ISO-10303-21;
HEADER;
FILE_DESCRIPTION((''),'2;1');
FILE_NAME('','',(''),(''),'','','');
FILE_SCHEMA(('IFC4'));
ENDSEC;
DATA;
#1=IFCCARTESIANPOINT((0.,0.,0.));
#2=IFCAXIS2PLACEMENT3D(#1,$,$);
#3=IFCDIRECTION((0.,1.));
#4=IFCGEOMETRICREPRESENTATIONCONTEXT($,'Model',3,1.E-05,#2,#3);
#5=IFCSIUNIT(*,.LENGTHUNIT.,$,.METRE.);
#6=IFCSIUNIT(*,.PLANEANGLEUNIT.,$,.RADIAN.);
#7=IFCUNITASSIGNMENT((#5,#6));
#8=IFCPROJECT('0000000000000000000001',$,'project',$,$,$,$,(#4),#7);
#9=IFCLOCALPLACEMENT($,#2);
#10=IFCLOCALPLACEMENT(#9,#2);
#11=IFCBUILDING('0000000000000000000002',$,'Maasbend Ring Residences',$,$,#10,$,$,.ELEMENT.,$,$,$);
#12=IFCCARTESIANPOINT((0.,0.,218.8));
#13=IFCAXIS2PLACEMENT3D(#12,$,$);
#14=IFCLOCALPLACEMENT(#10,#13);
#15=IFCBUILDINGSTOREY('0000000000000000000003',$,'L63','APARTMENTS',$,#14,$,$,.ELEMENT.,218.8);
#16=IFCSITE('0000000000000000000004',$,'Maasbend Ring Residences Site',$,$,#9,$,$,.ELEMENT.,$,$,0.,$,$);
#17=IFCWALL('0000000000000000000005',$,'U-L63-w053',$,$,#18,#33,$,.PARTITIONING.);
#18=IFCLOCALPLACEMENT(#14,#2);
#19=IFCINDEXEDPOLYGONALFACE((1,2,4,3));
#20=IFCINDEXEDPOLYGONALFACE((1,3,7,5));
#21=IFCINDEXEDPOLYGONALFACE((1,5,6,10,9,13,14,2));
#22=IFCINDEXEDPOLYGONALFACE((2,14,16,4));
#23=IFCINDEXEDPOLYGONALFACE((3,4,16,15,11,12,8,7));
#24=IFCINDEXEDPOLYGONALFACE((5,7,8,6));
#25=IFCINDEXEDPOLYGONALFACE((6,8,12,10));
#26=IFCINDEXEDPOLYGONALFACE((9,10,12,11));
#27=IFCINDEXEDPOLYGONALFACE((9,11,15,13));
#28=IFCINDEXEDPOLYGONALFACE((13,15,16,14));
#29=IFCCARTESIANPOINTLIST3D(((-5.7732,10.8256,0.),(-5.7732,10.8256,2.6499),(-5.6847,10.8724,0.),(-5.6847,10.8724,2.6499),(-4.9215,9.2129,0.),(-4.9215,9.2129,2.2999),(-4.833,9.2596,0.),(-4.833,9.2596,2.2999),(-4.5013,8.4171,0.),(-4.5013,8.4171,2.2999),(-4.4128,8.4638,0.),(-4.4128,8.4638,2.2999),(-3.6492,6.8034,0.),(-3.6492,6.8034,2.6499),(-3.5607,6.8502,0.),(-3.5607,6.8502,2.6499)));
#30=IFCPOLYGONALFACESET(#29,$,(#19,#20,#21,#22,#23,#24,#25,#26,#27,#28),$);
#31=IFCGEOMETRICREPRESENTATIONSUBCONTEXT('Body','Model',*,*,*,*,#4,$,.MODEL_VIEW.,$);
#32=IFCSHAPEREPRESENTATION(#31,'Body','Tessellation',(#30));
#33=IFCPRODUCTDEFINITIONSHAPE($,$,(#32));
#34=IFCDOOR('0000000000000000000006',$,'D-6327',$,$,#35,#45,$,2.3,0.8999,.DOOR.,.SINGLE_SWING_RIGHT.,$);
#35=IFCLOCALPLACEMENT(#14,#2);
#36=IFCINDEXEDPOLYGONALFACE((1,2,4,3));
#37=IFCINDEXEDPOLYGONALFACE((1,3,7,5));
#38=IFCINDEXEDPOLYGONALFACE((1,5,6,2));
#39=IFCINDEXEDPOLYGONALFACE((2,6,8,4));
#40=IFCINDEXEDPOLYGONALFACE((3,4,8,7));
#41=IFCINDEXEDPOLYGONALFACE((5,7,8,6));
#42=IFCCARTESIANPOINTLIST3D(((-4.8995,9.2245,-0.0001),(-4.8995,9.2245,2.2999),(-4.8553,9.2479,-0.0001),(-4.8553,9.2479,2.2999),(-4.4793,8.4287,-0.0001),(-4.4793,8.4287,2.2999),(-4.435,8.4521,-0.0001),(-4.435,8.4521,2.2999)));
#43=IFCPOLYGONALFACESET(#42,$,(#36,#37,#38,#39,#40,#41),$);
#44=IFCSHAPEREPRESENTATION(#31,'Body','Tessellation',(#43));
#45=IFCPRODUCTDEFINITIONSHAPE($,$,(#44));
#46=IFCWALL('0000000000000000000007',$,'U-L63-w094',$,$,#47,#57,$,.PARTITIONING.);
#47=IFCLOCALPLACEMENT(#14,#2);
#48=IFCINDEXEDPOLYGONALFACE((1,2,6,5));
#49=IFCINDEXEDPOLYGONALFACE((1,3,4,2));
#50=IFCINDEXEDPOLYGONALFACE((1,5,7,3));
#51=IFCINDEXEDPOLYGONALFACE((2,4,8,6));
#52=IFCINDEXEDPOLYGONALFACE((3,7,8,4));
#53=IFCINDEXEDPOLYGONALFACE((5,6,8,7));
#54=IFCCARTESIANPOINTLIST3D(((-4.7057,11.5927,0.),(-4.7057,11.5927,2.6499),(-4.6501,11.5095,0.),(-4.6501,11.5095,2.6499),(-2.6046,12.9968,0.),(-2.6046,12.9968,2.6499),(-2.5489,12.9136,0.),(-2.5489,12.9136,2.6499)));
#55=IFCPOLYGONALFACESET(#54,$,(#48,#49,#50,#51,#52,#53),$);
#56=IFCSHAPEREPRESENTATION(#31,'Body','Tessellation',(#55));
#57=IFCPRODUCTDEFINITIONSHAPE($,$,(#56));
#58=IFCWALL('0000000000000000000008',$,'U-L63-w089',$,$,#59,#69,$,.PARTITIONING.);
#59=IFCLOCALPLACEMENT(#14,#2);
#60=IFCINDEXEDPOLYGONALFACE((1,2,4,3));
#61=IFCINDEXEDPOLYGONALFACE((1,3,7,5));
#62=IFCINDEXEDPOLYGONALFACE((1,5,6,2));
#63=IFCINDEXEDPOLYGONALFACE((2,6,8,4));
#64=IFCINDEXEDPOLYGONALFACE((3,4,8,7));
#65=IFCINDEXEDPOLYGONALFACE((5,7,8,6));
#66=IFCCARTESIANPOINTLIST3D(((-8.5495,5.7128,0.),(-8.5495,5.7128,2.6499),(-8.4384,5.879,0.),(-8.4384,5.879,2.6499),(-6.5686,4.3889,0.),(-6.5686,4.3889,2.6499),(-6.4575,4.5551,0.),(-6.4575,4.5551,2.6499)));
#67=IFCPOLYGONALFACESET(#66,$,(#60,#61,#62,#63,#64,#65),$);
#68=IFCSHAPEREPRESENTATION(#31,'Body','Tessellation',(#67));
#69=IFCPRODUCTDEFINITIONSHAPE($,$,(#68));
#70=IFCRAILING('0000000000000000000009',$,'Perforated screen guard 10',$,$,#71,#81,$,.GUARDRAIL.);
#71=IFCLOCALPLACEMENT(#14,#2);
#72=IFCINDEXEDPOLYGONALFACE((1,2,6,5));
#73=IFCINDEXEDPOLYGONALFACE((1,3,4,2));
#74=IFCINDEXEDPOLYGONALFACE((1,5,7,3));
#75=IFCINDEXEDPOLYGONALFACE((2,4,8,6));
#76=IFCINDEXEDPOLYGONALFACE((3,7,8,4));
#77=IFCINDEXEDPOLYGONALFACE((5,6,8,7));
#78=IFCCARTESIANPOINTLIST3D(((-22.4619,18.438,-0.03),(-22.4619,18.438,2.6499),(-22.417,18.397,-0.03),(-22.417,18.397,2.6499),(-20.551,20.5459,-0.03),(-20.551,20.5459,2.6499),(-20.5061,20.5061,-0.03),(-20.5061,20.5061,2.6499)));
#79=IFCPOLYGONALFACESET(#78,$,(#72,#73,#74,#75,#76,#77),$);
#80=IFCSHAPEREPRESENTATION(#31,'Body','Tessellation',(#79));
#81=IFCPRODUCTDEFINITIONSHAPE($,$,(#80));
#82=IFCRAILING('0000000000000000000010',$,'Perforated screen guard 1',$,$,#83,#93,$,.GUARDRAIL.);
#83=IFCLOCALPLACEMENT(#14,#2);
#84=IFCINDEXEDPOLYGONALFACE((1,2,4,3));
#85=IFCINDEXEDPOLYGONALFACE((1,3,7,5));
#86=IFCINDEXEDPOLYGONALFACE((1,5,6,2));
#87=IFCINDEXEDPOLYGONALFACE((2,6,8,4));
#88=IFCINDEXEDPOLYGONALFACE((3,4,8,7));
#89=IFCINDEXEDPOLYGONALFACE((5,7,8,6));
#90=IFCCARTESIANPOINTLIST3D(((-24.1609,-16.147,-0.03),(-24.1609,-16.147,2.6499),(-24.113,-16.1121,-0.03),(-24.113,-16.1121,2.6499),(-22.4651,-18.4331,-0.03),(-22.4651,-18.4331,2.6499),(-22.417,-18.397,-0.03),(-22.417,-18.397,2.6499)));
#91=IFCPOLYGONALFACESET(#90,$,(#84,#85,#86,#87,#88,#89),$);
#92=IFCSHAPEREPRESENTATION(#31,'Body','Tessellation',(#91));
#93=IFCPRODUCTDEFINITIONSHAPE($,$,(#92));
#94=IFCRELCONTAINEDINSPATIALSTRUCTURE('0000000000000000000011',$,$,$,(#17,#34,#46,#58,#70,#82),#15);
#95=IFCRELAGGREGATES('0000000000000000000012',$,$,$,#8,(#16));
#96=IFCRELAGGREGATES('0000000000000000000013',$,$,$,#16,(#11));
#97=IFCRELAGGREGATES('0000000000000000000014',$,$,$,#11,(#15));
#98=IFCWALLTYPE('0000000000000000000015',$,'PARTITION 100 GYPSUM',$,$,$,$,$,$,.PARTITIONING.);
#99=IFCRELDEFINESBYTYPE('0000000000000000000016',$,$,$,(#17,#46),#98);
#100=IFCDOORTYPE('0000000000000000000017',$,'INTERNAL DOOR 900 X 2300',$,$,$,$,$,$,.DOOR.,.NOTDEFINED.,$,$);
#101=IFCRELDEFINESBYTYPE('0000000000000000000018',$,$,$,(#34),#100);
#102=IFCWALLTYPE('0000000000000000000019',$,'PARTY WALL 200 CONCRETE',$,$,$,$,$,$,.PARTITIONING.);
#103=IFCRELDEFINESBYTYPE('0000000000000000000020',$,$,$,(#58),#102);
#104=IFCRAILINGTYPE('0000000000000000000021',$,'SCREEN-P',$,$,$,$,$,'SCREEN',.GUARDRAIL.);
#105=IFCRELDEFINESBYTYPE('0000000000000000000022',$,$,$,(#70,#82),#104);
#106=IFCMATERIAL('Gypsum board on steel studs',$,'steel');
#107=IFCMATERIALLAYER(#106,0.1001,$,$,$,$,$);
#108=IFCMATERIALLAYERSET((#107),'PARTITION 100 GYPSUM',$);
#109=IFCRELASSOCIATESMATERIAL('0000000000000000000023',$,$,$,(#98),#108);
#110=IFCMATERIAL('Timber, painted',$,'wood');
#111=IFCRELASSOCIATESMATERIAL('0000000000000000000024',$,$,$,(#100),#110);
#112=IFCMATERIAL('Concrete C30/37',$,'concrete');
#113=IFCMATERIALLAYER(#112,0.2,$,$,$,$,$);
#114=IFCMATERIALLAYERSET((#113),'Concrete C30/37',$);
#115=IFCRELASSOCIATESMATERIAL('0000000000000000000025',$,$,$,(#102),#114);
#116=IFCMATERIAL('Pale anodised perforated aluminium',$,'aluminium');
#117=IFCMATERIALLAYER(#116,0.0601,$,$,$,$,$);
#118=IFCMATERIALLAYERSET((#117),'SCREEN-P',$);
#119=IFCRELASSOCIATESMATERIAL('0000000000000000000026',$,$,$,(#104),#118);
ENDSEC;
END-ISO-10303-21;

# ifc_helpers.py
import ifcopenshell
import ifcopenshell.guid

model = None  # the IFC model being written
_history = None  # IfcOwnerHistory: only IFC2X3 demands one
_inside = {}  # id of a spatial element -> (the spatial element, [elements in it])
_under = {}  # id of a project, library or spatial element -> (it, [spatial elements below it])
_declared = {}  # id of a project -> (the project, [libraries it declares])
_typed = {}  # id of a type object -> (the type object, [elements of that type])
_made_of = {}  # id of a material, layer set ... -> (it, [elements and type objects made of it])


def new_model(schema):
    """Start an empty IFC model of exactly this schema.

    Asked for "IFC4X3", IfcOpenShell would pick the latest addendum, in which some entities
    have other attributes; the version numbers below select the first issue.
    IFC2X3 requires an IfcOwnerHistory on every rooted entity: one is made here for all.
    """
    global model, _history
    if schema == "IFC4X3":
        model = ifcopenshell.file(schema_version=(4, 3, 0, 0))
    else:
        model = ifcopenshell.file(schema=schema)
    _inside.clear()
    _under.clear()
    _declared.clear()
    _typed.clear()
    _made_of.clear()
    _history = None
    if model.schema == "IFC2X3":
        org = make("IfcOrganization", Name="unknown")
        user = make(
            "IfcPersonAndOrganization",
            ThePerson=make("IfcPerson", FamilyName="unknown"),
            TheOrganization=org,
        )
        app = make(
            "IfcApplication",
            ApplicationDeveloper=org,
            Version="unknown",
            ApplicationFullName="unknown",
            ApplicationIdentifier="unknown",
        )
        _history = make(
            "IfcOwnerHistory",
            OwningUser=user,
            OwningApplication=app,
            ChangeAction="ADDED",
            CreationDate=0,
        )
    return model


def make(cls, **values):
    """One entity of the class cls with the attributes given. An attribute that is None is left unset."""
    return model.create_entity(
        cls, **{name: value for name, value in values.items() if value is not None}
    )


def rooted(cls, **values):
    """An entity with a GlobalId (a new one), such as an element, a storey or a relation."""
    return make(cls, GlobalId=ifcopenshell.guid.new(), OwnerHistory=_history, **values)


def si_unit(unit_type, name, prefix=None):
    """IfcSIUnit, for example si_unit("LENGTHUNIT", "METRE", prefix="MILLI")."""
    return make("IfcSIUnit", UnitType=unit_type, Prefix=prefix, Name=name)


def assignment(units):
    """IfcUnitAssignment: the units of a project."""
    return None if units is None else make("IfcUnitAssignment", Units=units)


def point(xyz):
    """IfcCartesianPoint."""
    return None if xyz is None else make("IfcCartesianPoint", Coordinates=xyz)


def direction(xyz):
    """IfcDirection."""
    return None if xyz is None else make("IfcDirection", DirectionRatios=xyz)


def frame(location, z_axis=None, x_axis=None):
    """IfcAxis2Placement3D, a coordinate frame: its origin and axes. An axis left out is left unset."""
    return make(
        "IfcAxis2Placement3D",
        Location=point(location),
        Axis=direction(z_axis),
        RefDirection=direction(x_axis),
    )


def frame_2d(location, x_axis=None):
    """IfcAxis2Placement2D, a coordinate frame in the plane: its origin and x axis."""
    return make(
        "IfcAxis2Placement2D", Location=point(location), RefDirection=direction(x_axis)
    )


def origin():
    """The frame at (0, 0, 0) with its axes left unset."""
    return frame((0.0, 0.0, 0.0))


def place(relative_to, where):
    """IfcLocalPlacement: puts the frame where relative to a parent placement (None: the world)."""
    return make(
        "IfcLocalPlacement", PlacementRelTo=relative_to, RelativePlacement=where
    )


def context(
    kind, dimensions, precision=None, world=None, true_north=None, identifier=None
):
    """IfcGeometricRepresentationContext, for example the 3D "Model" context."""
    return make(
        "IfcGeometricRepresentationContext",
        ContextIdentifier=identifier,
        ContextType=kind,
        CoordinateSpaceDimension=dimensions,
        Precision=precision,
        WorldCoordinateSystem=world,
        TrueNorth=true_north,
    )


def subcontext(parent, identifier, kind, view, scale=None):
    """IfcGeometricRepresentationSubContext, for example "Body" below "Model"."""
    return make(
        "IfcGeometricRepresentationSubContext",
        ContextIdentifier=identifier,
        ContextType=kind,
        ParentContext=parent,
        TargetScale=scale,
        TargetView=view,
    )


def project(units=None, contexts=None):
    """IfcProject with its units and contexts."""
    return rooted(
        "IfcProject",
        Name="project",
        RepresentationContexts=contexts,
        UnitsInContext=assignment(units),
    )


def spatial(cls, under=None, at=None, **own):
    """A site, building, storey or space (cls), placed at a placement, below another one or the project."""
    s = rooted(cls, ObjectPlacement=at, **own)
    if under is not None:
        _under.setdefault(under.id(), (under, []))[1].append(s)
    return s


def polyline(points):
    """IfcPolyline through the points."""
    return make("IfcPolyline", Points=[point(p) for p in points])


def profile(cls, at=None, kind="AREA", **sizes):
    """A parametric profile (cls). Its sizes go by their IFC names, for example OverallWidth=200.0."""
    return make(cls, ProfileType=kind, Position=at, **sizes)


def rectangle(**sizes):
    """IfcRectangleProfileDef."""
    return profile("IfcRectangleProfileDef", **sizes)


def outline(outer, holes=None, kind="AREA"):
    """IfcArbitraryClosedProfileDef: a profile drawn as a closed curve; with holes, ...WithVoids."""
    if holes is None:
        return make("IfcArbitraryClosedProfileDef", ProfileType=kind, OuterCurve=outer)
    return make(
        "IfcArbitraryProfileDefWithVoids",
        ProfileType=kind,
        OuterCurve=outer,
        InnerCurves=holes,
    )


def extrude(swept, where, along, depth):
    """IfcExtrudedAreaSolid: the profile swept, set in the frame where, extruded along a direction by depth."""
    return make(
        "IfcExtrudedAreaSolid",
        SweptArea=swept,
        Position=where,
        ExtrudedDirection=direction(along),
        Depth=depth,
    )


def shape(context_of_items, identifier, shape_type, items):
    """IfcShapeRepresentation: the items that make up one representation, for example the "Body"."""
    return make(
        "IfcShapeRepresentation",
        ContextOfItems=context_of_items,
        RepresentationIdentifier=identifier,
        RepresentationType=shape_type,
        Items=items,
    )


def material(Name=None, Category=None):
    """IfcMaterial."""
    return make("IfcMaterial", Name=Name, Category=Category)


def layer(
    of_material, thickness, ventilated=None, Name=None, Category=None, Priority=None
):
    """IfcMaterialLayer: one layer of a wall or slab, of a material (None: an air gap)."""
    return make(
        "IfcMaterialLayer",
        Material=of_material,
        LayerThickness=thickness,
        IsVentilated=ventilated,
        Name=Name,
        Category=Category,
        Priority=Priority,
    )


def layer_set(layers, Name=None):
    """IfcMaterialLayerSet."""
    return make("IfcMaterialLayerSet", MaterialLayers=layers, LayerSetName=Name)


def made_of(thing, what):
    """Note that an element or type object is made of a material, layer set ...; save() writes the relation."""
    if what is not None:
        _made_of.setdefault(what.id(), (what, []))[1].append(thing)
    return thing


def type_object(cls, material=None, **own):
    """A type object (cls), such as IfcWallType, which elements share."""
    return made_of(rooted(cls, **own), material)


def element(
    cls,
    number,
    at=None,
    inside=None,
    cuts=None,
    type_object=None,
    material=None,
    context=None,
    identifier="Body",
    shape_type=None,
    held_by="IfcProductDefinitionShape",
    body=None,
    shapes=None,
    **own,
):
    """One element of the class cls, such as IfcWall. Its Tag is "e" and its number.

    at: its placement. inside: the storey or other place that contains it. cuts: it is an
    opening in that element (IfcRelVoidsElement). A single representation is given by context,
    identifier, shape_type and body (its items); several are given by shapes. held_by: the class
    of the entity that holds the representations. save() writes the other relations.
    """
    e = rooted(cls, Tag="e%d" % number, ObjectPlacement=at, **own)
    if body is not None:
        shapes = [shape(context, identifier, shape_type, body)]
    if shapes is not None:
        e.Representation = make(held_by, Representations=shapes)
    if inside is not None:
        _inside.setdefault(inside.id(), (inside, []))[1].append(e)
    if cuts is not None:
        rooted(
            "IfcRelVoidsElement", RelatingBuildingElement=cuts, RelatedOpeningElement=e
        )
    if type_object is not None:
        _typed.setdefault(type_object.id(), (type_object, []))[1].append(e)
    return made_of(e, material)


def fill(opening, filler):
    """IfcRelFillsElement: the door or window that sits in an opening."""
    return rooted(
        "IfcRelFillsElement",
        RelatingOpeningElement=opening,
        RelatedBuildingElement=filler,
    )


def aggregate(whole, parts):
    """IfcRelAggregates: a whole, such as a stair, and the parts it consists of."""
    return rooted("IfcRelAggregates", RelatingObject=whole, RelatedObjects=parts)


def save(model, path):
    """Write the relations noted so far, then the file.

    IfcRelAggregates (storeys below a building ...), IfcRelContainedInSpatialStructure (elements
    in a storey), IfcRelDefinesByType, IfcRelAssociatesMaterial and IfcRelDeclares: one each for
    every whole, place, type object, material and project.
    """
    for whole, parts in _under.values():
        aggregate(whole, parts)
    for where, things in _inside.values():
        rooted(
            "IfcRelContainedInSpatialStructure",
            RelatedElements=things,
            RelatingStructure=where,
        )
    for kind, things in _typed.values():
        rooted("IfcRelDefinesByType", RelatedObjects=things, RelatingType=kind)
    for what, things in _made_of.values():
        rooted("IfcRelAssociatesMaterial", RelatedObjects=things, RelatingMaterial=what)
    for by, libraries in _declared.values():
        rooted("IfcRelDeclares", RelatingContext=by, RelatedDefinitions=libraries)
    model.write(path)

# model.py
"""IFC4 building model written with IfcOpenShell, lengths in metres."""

from ifc_helpers import new_model, si_unit, direction, frame, frame_2d, origin, place, context, subcontext, project, spatial, polyline, rectangle, outline, extrude, material, layer, layer_set, type_object, element, fill, save


model = new_model("IFC4")

# Units and contexts
model_context = context("Model", 3, precision=1e-05, world=origin(), true_north=direction((0.0, 1.0)))
body_context = subcontext(model_context, "Body", "Model", "MODEL_VIEW")
ifc_project = project(units=[si_unit("LENGTHUNIT", "METRE"), si_unit("PLANEANGLEUNIT", "RADIAN")], contexts=[model_context])

# Site, building, storey
site_placement = place(None, origin())
site = spatial("IfcSite", under=ifc_project, at=site_placement, Name="Maasbend Ring Residences Site", CompositionType="ELEMENT", RefElevation=0.0)
building_placement = place(site_placement, origin())
building = spatial("IfcBuilding", under=site, at=building_placement, Name="Maasbend Ring Residences", CompositionType="ELEMENT")
storey_placement = place(building_placement, frame((0.0, 0.0, 218.8)))
storey = spatial("IfcBuildingStorey", under=building, at=storey_placement, Name="L63", Description="APARTMENTS", CompositionType="ELEMENT", Elevation=218.8)

# Wall, opening, door
ifc_material_1 = material(Name="Gypsum board on steel studs", Category="steel")
ifc_layer_1 = layer(ifc_material_1, 0.1001)
ifc_layer_set_1 = layer_set([ifc_layer_1], Name="PARTITION 100 GYPSUM")
wall_type_1 = type_object("IfcWallType", Name="PARTITION 100 GYPSUM", PredefinedType="PARTITIONING", material=ifc_layer_set_1)
wall_1_placement = place(storey_placement, frame((-5.729, 10.8491, 0.0), z_axis=(0.0, 0.0, 1.0), x_axis=(0.466963, -0.884277, 0.0)))
wall_1 = element("IfcWall", 1, at=wall_1_placement, inside=storey, type_object=wall_type_1, Name="U-L63-w053", PredefinedType="PARTITIONING", context=body_context, shape_type="SweptSolid", body=[
    extrude(rectangle(XDim=4.5486, YDim=0.1001, at=frame_2d((2.2744, 0.0))), origin(), (0.0, 0.0, 1.0), 2.6499),
])
opening_placement = place(wall_1_placement, frame((1.824, 0.0, 0.0)))
opening = element("IfcOpeningElement", 2, at=opening_placement, cuts=wall_1, PredefinedType="OPENING", context=body_context, shape_type="SweptSolid", body=[
    extrude(rectangle(XDim=0.8999, YDim=2.3, at=frame_2d((0.45, 1.1499))), frame((0.0, 0.0601, 0.0), z_axis=(0.0, -1.0, 0.0), x_axis=(1.0, 0.0, 0.0)), (0.0, 0.0, 1.0), 0.1201),
])
ifc_material_2 = material(Name="Timber, painted", Category="wood")
door_type = type_object("IfcDoorType", Name="INTERNAL DOOR 900 X 2300", OperationType="NOTDEFINED", PredefinedType="DOOR", material=ifc_material_2)
door_placement = place(opening_placement, origin())
door = element("IfcDoor", 3, at=door_placement, inside=storey, type_object=door_type, Name="D-6327", OperationType="SINGLE_SWING_RIGHT", OverallHeight=2.3, OverallWidth=0.8999, PredefinedType="DOOR", context=body_context, shape_type="SweptSolid", body=[
    extrude(rectangle(XDim=0.8999, YDim=2.3, at=frame_2d((0.45, 1.1499))), frame((0.0, 0.0249, 0.0), z_axis=(0.0, -1.0, 0.0), x_axis=(1.0, 0.0, 0.0)), (0.0, 0.0, 1.0), 0.05),
])
fill(opening, door)

# Walls
wall_2_placement = place(storey_placement, frame((-4.678, 11.551, 0.0), z_axis=(0.0, 0.0, 1.0), x_axis=(0.83144, 0.555614, 0.0)))
element("IfcWall", 4, at=wall_2_placement, inside=storey, type_object=wall_type_1, Name="U-L63-w094", PredefinedType="PARTITIONING", context=body_context, shape_type="SweptSolid", body=[
    extrude(rectangle(XDim=2.5271, YDim=0.1001, at=frame_2d((1.2637, 0.0))), origin(), (0.0, 0.0, 1.0), 2.6499),
])
ifc_material_3 = material(Name="Concrete C30/37", Category="concrete")
ifc_layer_2 = layer(ifc_material_3, 0.2)
ifc_layer_set_2 = layer_set([ifc_layer_2], Name="Concrete C30/37")
wall_type_2 = type_object("IfcWallType", Name="PARTY WALL 200 CONCRETE", PredefinedType="PARTITIONING", material=ifc_layer_set_2)
wall_3_placement = place(storey_placement, frame((-6.5129, 4.4719, 0.0), z_axis=(0.0, 0.0, 1.0), x_axis=(-0.831403, 0.555669, 0.0)))
element("IfcWall", 5, at=wall_3_placement, inside=storey, type_object=wall_type_2, Name="U-L63-w089", PredefinedType="PARTITIONING", context=body_context, shape_type="SweptSolid", body=[
    extrude(rectangle(XDim=2.3826, YDim=0.2, at=frame_2d((1.1914, 0.0))), origin(), (0.0, 0.0, 1.0), 2.6499),
])

# Railings
ifc_material_4 = material(Name="Pale anodised perforated aluminium", Category="aluminium")
ifc_layer_3 = layer(ifc_material_4, 0.0601)
ifc_layer_set_3 = layer_set([ifc_layer_3], Name="SCREEN-P")
railing_type = type_object("IfcRailingType", Name="SCREEN-P", ElementType="SCREEN", PredefinedType="GUARDRAIL", material=ifc_layer_set_3)
railing_1_placement = place(storey_placement, frame((0.0, 0.0, -0.03)))
element("IfcRailing", 6, at=railing_1_placement, inside=storey, type_object=railing_type, Name="Perforated screen guard 10", PredefinedType="GUARDRAIL", context=body_context, shape_type="SweptSolid", body=[
    extrude(outline(polyline([(-20.5061, 20.5061), (-22.417, 18.397), (-22.4619, 18.438), (-20.551, 20.5459), (-20.5061, 20.5061)])), origin(), (0.0, 0.0, 1.0), 2.6799),
])
railing_2_placement = place(storey_placement, frame((0.0, 0.0, -0.03)))
element("IfcRailing", 7, at=railing_2_placement, inside=storey, type_object=railing_type, Name="Perforated screen guard 1", PredefinedType="GUARDRAIL", context=body_context, shape_type="SweptSolid", body=[
    extrude(outline(polyline([(-24.113, -16.1121), (-22.417, -18.397), (-22.4651, -18.4331), (-24.1609, -16.147), (-24.113, -16.1121)])), origin(), (0.0, 0.0, 1.0), 2.6799),
])

save(model, "model.ifc")
